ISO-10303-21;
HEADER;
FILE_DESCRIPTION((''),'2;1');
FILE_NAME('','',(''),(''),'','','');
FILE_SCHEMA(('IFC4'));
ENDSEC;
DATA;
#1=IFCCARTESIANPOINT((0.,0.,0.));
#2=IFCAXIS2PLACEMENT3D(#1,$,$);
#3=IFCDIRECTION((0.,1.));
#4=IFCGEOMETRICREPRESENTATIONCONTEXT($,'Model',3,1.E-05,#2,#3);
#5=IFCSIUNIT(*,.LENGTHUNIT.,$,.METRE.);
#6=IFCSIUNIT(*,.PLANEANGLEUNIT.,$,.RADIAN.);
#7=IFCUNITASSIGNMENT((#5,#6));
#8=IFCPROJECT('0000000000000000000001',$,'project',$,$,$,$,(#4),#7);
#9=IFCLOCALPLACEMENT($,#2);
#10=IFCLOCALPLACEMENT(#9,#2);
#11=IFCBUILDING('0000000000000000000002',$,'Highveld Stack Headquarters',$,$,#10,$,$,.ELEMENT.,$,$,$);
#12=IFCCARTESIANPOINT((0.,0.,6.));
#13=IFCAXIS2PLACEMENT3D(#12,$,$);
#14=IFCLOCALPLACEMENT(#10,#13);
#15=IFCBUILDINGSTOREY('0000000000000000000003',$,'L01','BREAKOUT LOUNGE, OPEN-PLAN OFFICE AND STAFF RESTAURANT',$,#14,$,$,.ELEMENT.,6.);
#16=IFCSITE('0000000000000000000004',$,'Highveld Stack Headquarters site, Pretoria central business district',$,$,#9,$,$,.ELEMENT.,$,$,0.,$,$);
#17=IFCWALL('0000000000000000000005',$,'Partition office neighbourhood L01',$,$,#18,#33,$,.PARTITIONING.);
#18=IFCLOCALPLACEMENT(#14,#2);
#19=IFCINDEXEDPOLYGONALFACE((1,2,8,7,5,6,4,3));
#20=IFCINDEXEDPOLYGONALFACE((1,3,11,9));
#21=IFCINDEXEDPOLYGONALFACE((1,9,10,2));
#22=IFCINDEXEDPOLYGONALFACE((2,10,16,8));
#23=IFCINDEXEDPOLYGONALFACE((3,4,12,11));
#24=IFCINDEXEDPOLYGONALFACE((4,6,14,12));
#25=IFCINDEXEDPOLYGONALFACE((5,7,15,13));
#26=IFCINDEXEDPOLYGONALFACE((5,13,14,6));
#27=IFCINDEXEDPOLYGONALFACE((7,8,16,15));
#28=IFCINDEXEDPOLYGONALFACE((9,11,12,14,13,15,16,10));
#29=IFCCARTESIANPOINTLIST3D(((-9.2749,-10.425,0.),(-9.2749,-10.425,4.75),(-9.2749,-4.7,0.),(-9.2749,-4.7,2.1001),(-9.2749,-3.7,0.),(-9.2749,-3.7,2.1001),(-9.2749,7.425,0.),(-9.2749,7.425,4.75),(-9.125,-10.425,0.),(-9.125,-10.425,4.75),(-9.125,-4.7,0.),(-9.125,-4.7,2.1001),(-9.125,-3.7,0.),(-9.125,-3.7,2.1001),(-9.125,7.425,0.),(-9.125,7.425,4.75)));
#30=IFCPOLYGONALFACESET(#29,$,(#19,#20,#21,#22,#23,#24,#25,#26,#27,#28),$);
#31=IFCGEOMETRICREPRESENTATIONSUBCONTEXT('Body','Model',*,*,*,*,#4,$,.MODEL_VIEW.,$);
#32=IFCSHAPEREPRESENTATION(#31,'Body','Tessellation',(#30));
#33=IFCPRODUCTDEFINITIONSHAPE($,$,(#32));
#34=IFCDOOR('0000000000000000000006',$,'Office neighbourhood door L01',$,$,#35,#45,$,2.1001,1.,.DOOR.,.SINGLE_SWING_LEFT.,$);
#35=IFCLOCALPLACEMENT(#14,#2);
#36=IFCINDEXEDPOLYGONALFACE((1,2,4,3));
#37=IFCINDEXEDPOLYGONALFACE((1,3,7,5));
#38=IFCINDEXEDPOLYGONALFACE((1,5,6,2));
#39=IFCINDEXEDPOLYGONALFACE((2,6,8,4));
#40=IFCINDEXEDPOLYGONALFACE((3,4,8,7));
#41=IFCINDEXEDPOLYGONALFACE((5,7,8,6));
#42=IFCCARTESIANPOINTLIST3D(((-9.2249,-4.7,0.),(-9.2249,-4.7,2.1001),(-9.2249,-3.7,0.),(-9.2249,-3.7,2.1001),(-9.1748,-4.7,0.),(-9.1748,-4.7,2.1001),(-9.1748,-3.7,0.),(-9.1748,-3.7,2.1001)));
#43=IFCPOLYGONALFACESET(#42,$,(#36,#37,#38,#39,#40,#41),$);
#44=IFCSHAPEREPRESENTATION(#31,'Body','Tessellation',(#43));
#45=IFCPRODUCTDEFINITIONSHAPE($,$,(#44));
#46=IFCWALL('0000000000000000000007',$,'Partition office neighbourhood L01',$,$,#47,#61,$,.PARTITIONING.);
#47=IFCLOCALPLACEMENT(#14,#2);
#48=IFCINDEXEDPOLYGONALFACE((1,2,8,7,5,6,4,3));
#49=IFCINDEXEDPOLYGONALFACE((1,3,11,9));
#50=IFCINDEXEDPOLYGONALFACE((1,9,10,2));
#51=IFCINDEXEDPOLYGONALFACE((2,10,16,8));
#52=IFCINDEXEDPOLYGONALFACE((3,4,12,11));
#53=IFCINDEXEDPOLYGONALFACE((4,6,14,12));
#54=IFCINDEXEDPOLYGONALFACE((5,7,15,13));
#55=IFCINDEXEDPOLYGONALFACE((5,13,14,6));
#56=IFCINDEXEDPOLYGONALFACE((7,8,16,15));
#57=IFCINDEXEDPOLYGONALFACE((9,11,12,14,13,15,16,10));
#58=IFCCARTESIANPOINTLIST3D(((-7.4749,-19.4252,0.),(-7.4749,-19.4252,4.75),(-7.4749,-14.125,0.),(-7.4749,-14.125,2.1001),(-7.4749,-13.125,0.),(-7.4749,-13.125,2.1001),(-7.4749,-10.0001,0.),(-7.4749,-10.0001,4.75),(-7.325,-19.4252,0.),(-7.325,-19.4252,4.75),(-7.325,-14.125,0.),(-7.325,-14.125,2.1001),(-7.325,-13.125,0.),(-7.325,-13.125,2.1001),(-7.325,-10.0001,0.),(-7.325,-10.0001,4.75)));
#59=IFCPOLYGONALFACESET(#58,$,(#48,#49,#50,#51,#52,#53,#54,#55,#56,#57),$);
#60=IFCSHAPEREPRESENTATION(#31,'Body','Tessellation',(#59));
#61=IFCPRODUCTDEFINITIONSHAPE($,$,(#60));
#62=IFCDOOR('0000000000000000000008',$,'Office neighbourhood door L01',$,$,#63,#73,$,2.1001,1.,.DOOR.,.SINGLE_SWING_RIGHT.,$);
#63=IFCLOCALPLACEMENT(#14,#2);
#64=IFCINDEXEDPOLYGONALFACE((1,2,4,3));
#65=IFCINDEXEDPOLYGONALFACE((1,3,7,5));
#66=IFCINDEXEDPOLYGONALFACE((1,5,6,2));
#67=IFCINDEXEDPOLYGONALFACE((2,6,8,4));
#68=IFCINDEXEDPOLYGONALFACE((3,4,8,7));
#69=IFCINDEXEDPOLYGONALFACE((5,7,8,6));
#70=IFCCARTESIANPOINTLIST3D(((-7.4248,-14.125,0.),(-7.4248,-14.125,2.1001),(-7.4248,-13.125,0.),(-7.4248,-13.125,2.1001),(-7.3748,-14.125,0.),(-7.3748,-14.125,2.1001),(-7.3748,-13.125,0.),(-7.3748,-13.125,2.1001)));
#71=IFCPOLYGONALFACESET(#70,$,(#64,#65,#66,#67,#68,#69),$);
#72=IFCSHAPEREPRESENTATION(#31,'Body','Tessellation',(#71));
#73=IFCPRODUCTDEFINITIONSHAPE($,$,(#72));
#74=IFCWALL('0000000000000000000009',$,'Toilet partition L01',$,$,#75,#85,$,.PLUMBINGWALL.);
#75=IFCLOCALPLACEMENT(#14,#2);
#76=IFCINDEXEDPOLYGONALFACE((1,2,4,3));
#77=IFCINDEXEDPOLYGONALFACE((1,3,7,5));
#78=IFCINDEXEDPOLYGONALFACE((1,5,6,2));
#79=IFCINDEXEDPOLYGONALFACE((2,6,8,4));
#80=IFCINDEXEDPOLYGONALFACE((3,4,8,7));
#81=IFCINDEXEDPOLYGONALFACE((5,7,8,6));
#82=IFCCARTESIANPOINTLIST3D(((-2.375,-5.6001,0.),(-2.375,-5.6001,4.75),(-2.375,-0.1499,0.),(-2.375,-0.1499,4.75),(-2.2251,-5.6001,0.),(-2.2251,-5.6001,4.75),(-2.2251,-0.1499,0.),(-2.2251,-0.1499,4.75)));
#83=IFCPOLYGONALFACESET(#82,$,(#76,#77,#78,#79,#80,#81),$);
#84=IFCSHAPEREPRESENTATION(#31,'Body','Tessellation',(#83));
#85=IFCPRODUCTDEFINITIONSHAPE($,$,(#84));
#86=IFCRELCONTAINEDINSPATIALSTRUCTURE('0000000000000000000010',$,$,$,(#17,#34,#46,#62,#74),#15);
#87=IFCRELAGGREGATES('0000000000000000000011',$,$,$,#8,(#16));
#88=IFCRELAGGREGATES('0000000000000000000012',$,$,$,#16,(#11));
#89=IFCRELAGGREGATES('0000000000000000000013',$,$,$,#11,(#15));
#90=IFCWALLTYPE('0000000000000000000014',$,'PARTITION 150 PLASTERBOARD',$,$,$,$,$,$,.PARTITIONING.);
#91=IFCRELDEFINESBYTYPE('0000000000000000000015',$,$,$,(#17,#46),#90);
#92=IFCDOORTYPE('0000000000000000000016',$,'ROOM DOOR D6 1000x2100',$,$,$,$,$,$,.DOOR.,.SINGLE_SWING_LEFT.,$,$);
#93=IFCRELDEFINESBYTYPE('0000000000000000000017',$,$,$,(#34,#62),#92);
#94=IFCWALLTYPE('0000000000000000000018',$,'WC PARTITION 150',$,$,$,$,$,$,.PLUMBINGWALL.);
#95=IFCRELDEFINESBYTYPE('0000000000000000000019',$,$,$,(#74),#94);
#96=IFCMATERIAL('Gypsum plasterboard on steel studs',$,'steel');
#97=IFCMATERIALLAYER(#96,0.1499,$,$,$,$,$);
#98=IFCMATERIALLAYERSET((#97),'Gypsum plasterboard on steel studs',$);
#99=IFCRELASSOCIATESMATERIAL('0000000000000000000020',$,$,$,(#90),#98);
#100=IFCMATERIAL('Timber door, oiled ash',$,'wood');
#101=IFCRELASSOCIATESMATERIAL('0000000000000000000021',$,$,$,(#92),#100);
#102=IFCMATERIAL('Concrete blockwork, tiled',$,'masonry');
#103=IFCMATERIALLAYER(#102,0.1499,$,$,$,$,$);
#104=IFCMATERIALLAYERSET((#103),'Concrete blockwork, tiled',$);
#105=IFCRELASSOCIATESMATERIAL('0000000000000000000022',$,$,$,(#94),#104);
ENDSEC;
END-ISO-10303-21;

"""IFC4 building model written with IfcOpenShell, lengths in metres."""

from ifc_helpers import new_model, si_unit, direction, frame, frame_2d, origin, place, context, subcontext, project, spatial, rectangle, extrude, material, layer, layer_set, type_object, element, fill, save


model = new_model("IFC4")

# Units and contexts
model_context = context("Model", 3, precision=1e-05, world=origin(), true_north=direction((0.0, 1.0)))
body_context = subcontext(model_context, "Body", "Model", "MODEL_VIEW")
ifc_project = project(units=[si_unit("LENGTHUNIT", "METRE"), si_unit("PLANEANGLEUNIT", "RADIAN")], contexts=[model_context])

# Site, building, storey
site_placement = place(None, origin())
site = spatial("IfcSite", under=ifc_project, at=site_placement, Name="Highveld Stack Headquarters site, Pretoria central business district", CompositionType="ELEMENT", RefElevation=0.0)
building_placement = place(site_placement, origin())
building = spatial("IfcBuilding", under=site, at=building_placement, Name="Highveld Stack Headquarters", CompositionType="ELEMENT")
storey_placement = place(building_placement, frame((0.0, 0.0, 6.0)))
storey = spatial("IfcBuildingStorey", under=building, at=storey_placement, Name="L01", Description="BREAKOUT LOUNGE, OPEN-PLAN OFFICE AND STAFF RESTAURANT", CompositionType="ELEMENT", Elevation=6.0)

# Shared definitions
ifc_material_1 = material(Name="Gypsum plasterboard on steel studs", Category="steel")
ifc_layer_1 = layer(ifc_material_1, 0.1499)
ifc_layer_set_1 = layer_set([ifc_layer_1], Name="Gypsum plasterboard on steel studs")
wall_type_1 = type_object("IfcWallType", Name="PARTITION 150 PLASTERBOARD", PredefinedType="PARTITIONING", material=ifc_layer_set_1)
ifc_material_2 = material(Name="Timber door, oiled ash", Category="wood")
door_type_1 = type_object("IfcDoorType", Name="ROOM DOOR D6 1000x2100", OperationType="SINGLE_SWING_LEFT", PredefinedType="DOOR", material=ifc_material_2)

# Walls, openings, doors
wall_1_placement = place(storey_placement, frame((-9.2, -10.425, 0.0), z_axis=(0.0, 0.0, 1.0), x_axis=(0.0, 1.0, 0.0)))
wall_1 = element("IfcWall", 1, at=wall_1_placement, inside=storey, type_object=wall_type_1, Name="Partition office neighbourhood L01", PredefinedType="PARTITIONING", context=body_context, shape_type="SweptSolid", body=[
    extrude(rectangle(XDim=17.8501, YDim=0.1499, at=frame_2d((8.925, 0.0))), origin(), (0.0, 0.0, 1.0), 4.75),
])
opening_1_placement = place(wall_1_placement, frame((5.7251, 0.0, 0.0)))
opening_1 = element("IfcOpeningElement", 2, at=opening_1_placement, cuts=wall_1, PredefinedType="OPENING", context=body_context, shape_type="SweptSolid", body=[
    extrude(rectangle(XDim=1.0, YDim=2.1001, at=frame_2d((0.5, 1.05))), frame((0.0, 0.085, 0.0), z_axis=(0.0, -1.0, 0.0), x_axis=(1.0, 0.0, 0.0)), (0.0, 0.0, 1.0), 0.1699),
])
door_1_placement = place(opening_1_placement, origin())
door_1 = element("IfcDoor", 3, at=door_1_placement, inside=storey, type_object=door_type_1, Name="Office neighbourhood door L01", OperationType="SINGLE_SWING_LEFT", OverallHeight=2.1001, OverallWidth=1.0, PredefinedType="DOOR", context=body_context, shape_type="SweptSolid", body=[
    extrude(rectangle(XDim=1.0, YDim=2.1001, at=frame_2d((0.5, 1.05))), frame((0.0, 0.0249, 0.0), z_axis=(0.0, -1.0, 0.0), x_axis=(1.0, 0.0, 0.0)), (0.0, 0.0, 1.0), 0.05),
])
fill(opening_1, door_1)
wall_2_placement = place(storey_placement, frame((-7.3999, -19.425, 0.0), z_axis=(0.0, 0.0, 1.0), x_axis=(0.0, 1.0, 0.0)))
wall_2 = element("IfcWall", 4, at=wall_2_placement, inside=storey, type_object=wall_type_1, Name="Partition office neighbourhood L01", PredefinedType="PARTITIONING", context=body_context, shape_type="SweptSolid", body=[
    extrude(rectangle(XDim=9.425, YDim=0.1499, at=frame_2d((4.7124, 0.0))), origin(), (0.0, 0.0, 1.0), 4.75),
])
opening_2_placement = place(wall_2_placement, frame((5.3, 0.0, 0.0)))
opening_2 = element("IfcOpeningElement", 5, at=opening_2_placement, cuts=wall_2, PredefinedType="OPENING", context=body_context, shape_type="SweptSolid", body=[
    extrude(rectangle(XDim=1.0, YDim=2.1001, at=frame_2d((0.5, 1.05))), frame((0.0, 0.085, 0.0), z_axis=(0.0, -1.0, 0.0), x_axis=(1.0, 0.0, 0.0)), (0.0, 0.0, 1.0), 0.1699),
])
door_2_placement = place(opening_2_placement, origin())
door_2 = element("IfcDoor", 6, at=door_2_placement, inside=storey, type_object=door_type_1, Name="Office neighbourhood door L01", OperationType="SINGLE_SWING_RIGHT", OverallHeight=2.1001, OverallWidth=1.0, PredefinedType="DOOR", context=body_context, shape_type="SweptSolid", body=[
    extrude(rectangle(XDim=1.0, YDim=2.1001, at=frame_2d((0.5, 1.05))), frame((0.0, 0.0249, 0.0), z_axis=(0.0, -1.0, 0.0), x_axis=(1.0, 0.0, 0.0)), (0.0, 0.0, 1.0), 0.05),
])
fill(opening_2, door_2)

# Wall
ifc_material_3 = material(Name="Concrete blockwork, tiled", Category="masonry")
ifc_layer_2 = layer(ifc_material_3, 0.1499)
ifc_layer_set_2 = layer_set([ifc_layer_2], Name="Concrete blockwork, tiled")
wall_type_2 = type_object("IfcWallType", Name="WC PARTITION 150", PredefinedType="PLUMBINGWALL", material=ifc_layer_set_2)
wall_3_placement = place(storey_placement, frame((-2.3, -5.6001, 0.0), z_axis=(0.0, 0.0, 1.0), x_axis=(0.0, 1.0, 0.0)))
element("IfcWall", 7, at=wall_3_placement, inside=storey, type_object=wall_type_2, Name="Toilet partition L01", PredefinedType="PLUMBINGWALL", context=body_context, shape_type="SweptSolid", body=[
    extrude(rectangle(XDim=5.4502, YDim=0.1499, at=frame_2d((2.7251, 0.0))), origin(), (0.0, 0.0, 1.0), 4.75),
])

save(model, "model.ifc")
